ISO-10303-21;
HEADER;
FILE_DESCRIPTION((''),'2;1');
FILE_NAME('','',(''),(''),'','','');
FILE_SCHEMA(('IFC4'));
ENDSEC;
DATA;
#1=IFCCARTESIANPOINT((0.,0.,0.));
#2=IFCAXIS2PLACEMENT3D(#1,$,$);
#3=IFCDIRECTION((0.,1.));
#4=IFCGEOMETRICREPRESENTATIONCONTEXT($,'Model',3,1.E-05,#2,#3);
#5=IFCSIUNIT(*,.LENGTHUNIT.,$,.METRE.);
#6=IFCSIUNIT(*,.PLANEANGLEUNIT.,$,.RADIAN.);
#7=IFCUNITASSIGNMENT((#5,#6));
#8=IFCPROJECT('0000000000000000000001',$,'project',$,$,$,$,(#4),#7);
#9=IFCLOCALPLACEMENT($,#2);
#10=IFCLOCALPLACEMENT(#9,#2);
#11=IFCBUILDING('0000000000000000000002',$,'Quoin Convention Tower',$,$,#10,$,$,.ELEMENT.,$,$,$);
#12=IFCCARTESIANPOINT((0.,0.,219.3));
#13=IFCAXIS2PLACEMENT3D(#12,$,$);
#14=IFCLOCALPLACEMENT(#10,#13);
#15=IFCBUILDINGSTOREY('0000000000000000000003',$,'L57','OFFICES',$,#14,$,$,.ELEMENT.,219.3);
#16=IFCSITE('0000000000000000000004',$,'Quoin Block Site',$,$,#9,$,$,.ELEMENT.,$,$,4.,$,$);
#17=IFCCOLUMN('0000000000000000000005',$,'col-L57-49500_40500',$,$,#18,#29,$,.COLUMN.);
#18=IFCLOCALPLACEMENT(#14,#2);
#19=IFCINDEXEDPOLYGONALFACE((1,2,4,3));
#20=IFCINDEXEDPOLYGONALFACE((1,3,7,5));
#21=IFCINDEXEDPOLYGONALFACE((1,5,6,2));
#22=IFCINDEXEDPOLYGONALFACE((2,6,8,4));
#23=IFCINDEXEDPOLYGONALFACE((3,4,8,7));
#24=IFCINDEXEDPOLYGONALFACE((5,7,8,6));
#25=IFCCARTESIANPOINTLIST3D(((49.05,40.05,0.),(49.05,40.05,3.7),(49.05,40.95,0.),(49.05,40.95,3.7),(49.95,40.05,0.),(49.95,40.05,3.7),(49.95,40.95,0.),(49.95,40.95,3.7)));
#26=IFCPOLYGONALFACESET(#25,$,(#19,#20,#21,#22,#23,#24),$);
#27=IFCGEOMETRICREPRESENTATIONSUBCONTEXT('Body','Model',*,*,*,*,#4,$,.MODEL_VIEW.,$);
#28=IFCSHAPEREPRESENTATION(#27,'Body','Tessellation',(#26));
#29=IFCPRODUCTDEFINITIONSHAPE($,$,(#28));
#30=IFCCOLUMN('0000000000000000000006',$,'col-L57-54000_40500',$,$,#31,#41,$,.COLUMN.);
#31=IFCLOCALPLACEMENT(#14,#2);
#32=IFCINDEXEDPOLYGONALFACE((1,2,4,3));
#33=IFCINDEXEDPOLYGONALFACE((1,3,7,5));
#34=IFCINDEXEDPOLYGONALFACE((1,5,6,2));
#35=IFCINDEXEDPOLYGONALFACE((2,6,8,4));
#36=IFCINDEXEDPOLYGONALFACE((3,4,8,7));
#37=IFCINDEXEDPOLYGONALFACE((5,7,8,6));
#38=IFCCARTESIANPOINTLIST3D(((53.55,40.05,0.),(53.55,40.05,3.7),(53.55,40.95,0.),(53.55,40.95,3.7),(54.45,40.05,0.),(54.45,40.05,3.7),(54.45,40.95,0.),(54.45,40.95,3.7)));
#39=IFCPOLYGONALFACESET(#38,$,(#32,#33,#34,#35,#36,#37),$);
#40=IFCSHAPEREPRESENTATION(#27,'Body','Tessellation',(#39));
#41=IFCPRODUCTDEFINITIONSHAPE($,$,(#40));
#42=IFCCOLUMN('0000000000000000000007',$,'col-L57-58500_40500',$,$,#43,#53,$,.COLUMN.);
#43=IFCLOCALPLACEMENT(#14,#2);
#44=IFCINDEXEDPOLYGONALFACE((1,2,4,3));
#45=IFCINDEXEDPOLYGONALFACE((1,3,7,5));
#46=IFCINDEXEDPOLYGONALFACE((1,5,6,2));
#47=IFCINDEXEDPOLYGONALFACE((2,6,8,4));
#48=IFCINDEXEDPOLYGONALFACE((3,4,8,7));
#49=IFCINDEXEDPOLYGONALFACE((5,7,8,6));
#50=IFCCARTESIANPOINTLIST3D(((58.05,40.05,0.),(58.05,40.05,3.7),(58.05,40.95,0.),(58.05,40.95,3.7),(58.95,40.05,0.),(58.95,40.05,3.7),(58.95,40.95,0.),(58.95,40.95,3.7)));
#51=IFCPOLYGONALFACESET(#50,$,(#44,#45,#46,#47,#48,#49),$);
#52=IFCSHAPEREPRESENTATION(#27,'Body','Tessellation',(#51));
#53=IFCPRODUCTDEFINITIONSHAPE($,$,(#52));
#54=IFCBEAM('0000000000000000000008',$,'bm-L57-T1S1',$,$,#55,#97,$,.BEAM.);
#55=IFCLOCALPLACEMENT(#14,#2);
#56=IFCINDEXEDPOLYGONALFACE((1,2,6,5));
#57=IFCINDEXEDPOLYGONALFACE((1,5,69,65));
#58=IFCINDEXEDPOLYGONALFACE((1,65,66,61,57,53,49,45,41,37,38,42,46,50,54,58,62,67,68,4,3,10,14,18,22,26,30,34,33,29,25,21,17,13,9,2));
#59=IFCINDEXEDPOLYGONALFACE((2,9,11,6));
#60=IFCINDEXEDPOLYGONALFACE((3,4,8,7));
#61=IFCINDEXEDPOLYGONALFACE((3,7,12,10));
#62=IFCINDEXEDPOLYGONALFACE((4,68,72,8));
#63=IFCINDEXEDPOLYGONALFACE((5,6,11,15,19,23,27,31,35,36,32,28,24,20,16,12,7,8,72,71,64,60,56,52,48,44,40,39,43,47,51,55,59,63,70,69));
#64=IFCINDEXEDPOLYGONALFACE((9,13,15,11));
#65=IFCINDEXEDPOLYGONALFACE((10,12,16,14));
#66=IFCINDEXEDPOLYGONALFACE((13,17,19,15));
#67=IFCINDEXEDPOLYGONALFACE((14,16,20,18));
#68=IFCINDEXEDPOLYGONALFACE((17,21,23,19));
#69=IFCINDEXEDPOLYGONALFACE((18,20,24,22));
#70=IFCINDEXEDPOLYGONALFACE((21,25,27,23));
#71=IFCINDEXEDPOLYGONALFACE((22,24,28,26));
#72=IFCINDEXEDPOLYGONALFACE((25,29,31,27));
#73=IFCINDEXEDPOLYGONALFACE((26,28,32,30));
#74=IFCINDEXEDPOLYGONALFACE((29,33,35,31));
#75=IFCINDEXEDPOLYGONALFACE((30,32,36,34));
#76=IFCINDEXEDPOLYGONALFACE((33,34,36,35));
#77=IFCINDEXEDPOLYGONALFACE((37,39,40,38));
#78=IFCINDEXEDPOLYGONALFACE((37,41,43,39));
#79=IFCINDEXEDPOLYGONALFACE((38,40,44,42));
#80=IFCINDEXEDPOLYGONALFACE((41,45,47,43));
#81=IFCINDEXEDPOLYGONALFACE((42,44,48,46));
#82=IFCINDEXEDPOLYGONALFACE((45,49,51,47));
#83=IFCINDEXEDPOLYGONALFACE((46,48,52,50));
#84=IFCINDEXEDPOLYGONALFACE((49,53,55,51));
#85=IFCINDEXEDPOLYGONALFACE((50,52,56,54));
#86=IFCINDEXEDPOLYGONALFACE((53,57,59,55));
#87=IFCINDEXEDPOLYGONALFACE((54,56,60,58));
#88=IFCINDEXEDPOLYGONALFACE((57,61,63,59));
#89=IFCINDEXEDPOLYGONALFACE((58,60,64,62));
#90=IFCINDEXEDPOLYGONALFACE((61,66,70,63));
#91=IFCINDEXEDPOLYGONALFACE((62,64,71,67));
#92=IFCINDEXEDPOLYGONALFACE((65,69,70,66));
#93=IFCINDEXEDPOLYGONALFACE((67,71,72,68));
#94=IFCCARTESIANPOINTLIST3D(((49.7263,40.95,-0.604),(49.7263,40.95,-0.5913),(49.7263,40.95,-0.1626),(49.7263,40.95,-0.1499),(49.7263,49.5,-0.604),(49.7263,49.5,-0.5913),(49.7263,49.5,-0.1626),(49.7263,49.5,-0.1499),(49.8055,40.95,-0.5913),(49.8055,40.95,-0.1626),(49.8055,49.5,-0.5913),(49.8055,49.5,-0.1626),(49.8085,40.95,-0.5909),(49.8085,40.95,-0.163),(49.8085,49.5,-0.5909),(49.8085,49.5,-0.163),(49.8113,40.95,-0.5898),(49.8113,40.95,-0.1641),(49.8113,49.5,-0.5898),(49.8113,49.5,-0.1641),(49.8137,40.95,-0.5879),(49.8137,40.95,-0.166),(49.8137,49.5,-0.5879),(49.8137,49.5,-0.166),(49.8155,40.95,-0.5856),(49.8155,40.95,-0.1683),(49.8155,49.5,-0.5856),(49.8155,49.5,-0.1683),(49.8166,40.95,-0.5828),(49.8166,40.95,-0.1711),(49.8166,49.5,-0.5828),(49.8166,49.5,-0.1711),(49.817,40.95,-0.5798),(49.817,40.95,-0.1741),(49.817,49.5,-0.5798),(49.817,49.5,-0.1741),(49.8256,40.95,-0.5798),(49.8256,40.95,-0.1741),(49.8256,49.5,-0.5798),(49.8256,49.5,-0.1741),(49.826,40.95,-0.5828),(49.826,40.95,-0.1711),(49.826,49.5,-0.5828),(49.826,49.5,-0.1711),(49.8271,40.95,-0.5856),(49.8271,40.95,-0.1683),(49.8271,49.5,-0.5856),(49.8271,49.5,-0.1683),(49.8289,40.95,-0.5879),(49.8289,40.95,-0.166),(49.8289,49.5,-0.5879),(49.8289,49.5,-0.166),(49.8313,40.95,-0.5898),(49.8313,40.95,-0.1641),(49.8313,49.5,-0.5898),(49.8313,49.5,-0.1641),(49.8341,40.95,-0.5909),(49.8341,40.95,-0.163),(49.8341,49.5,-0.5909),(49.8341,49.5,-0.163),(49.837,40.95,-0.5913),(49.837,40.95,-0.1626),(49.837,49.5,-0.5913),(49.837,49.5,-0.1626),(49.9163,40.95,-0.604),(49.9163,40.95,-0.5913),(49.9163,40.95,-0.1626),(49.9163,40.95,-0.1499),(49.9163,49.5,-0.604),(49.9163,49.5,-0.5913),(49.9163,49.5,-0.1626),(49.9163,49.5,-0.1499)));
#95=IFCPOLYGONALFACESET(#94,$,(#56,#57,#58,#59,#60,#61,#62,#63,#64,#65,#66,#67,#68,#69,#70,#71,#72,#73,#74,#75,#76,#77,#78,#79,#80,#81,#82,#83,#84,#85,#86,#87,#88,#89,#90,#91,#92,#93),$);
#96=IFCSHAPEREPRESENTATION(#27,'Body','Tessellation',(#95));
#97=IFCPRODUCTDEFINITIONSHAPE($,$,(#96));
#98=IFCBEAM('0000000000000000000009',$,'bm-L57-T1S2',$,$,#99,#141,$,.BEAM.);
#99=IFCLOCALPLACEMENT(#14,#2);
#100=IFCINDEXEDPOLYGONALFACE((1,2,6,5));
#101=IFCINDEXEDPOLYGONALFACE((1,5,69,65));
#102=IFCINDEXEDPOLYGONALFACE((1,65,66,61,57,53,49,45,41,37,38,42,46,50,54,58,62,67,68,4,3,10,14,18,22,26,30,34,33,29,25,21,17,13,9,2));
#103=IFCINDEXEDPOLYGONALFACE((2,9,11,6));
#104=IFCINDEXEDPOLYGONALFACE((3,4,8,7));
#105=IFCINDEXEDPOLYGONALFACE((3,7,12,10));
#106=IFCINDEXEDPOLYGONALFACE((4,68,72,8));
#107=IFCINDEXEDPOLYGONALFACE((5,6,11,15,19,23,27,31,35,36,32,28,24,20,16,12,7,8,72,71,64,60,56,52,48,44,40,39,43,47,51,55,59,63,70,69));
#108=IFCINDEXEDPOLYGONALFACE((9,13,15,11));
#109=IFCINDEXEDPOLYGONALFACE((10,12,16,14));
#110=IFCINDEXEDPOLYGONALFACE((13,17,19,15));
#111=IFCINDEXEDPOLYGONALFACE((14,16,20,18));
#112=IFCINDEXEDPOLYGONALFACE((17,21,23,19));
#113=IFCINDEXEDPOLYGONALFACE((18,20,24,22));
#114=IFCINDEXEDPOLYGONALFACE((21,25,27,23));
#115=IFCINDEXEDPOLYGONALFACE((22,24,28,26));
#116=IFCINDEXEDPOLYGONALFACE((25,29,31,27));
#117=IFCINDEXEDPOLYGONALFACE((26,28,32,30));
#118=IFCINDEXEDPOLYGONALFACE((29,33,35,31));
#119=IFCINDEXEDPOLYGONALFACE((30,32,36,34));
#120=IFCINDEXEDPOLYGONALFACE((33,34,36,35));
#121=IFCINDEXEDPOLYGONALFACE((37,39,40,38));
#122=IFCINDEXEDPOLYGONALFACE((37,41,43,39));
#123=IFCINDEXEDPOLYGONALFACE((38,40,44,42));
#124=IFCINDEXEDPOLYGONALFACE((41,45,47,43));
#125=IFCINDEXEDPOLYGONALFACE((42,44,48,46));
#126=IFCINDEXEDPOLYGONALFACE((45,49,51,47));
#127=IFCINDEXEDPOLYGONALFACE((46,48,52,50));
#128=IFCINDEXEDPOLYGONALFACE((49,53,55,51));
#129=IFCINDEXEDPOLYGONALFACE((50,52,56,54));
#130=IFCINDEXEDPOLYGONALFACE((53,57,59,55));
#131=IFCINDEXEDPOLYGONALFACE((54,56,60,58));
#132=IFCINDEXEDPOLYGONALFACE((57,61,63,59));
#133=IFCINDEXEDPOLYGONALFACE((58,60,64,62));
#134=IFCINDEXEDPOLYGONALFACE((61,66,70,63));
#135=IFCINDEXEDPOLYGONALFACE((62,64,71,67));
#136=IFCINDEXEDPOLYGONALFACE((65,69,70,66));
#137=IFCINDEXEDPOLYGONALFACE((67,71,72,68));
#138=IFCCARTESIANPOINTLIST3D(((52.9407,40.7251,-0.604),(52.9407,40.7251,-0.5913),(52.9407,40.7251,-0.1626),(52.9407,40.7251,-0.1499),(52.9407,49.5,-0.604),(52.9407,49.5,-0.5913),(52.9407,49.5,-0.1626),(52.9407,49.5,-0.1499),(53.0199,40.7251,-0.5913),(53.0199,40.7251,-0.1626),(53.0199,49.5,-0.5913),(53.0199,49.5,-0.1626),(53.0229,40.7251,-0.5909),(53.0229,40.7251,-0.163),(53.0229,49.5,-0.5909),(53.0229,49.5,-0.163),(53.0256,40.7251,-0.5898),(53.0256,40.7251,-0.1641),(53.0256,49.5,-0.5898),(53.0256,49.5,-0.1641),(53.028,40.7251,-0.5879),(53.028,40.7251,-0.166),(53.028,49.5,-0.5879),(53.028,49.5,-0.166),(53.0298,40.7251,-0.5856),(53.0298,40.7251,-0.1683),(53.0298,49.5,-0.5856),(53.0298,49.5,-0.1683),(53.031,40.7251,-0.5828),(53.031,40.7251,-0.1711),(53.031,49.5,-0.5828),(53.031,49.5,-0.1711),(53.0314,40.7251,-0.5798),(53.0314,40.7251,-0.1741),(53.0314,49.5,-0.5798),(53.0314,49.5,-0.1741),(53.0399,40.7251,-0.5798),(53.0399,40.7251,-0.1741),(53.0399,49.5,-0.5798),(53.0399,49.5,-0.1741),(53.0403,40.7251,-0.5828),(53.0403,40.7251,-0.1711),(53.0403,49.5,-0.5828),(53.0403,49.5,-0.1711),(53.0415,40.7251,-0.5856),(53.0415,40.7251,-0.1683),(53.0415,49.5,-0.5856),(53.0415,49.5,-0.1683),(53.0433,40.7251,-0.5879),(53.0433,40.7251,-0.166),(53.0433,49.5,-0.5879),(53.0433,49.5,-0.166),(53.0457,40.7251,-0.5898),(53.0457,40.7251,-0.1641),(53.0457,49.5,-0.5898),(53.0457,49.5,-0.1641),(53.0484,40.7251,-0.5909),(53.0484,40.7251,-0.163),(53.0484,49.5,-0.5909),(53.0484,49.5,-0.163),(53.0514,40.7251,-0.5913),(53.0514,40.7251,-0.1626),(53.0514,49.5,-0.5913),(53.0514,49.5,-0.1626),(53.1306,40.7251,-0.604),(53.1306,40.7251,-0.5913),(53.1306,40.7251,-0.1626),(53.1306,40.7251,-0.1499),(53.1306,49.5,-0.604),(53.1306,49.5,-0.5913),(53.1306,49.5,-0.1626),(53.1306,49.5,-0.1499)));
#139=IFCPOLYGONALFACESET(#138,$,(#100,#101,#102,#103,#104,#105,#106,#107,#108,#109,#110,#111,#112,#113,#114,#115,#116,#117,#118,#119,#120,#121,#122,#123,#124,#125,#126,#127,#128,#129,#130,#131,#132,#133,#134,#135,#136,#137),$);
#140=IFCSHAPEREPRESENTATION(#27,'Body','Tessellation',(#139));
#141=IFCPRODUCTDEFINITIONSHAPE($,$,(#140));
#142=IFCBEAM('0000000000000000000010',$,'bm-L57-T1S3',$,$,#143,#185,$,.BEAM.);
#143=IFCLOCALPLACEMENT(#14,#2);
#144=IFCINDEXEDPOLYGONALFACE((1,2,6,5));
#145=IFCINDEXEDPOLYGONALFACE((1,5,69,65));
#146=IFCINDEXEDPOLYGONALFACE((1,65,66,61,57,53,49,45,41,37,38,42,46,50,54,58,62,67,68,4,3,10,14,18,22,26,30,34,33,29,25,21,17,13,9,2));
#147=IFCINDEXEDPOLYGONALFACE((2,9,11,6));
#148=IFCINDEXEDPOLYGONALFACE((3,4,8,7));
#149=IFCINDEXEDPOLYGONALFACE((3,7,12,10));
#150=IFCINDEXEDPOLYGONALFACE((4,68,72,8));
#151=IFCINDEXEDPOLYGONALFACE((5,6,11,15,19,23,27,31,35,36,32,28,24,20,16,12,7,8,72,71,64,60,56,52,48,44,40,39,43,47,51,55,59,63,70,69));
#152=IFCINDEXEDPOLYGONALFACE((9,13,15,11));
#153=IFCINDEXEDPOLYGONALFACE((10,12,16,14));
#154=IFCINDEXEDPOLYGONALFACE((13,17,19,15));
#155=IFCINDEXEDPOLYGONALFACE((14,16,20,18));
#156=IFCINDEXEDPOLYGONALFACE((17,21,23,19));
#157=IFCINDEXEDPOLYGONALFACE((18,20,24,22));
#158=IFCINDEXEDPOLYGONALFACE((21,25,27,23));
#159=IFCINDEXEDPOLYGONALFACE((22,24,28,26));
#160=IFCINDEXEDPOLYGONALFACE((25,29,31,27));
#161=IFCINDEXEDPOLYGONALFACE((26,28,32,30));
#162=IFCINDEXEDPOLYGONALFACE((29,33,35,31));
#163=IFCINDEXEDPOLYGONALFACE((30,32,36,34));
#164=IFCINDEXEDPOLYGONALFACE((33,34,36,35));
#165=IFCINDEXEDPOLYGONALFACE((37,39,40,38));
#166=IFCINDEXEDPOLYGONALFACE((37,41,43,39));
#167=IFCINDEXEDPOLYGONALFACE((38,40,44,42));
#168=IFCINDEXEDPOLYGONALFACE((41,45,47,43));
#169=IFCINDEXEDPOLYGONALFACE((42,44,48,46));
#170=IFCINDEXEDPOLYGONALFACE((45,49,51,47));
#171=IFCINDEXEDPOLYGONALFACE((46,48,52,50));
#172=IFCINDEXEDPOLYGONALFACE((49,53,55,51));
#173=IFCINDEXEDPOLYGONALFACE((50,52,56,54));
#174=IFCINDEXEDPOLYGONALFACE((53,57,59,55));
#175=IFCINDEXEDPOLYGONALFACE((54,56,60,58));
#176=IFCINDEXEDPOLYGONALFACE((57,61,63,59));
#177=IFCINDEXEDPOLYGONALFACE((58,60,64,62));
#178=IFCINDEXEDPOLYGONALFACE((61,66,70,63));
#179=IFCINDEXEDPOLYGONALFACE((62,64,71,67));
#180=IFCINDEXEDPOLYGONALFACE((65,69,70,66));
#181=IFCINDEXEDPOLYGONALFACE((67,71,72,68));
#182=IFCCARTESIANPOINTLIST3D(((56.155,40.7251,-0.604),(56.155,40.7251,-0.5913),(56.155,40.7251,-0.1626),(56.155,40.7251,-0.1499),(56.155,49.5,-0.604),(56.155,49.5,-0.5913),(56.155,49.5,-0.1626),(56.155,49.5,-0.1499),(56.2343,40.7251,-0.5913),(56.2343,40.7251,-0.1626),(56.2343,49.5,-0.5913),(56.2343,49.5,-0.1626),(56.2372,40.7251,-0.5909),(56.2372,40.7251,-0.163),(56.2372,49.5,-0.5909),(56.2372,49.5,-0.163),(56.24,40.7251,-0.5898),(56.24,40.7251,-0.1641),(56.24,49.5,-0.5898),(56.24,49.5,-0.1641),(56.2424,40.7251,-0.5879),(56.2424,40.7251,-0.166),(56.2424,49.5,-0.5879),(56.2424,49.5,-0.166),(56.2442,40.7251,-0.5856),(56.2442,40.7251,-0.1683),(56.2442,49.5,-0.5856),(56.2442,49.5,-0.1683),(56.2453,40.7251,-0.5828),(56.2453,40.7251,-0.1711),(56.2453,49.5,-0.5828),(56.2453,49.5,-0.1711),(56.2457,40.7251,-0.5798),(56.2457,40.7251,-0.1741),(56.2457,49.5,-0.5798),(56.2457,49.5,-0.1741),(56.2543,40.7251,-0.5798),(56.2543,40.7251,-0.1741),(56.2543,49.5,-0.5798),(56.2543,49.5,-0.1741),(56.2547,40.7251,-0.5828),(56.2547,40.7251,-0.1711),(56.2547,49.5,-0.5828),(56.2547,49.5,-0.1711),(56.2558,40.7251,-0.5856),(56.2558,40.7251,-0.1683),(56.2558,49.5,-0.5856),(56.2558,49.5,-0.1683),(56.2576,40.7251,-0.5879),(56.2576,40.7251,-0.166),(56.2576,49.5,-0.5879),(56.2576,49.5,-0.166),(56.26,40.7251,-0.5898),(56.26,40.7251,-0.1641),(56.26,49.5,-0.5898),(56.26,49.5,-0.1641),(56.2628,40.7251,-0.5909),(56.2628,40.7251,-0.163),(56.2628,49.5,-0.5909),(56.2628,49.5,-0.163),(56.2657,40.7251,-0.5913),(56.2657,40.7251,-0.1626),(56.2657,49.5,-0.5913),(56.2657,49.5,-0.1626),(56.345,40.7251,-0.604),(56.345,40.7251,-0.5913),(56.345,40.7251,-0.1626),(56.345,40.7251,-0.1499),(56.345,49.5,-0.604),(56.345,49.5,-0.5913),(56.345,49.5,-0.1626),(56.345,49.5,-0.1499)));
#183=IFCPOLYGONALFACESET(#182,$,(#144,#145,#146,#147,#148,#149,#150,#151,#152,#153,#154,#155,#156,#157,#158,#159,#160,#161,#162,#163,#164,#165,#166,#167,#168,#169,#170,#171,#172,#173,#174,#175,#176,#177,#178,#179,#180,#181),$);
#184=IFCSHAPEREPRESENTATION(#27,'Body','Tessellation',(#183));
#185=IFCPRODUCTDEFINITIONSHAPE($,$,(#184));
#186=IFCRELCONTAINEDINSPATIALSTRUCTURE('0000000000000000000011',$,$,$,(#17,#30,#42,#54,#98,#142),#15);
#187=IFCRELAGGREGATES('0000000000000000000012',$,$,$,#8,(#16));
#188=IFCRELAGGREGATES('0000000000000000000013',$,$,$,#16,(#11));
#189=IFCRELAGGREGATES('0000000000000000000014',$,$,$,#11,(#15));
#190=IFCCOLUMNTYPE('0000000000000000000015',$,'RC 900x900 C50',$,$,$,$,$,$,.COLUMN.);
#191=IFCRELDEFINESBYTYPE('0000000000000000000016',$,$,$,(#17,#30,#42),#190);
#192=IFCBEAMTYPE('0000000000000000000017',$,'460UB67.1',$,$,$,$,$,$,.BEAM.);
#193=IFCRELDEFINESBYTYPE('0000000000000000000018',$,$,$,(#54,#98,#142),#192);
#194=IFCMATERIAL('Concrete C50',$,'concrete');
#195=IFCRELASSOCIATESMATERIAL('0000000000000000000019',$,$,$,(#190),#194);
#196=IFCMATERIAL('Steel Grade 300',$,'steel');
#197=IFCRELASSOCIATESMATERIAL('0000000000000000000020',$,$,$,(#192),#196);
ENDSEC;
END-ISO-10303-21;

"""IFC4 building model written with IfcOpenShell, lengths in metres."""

from ifc_helpers import new_model, si_unit, direction, frame, origin, origin_2d, place, context, subcontext, project, spatial, rectangle, i_section, extrude, material, material_profile, profile_set, type_object, element, save


model = new_model("IFC4")

# Units and contexts
model_context = context("Model", 3, precision=1e-05, world=origin(), true_north=direction((0.0, 1.0)))
body_context = subcontext(model_context, "Body", "Model", "MODEL_VIEW")
ifc_project = project(units=[si_unit("LENGTHUNIT", "METRE"), si_unit("PLANEANGLEUNIT", "RADIAN")], contexts=[model_context])

# Site, building, storey
site_placement = place(None, origin())
site = spatial("IfcSite", under=ifc_project, at=site_placement, Name="Quoin Block Site", CompositionType="ELEMENT", RefElevation=4.0)
building_placement = place(site_placement, origin())
building = spatial("IfcBuilding", under=site, at=building_placement, Name="Quoin Convention Tower", CompositionType="ELEMENT")
storey_placement = place(building_placement, frame((0.0, 0.0, 219.3)))
storey = spatial("IfcBuildingStorey", under=building, at=storey_placement, Name="L57", Description="OFFICES", CompositionType="ELEMENT", Elevation=219.3)

# Columns
ifc_material_1 = material(Name="Concrete C50", Category="concrete")
ifc_material_profile_1 = material_profile(ifc_material_1, rectangle(XDim=0.8999, YDim=0.8999, at=origin_2d()), Name="RC 900x900")
ifc_profile_set_1 = profile_set([ifc_material_profile_1], Name="Concrete C50")
column_type = type_object("IfcColumnType", Name="RC 900x900 C50", PredefinedType="COLUMN", material=ifc_profile_set_1)
for number, where, z_axis, x_axis, name in (
    (1, (49.5, 40.5, 0.0), (0.0, 0.0, 1.0), (1.0, 0.0, 0.0), "col-L57-49500_40500"),
    (2, (54.0, 40.5, 0.0), (0.0, 0.0, 1.0), (1.0, 0.0, 0.0), "col-L57-54000_40500"),
    (3, (58.5, 40.5, 0.0), (0.0, 0.0, 1.0), (1.0, 0.0, 0.0), "col-L57-58500_40500"),
):
    element("IfcColumn", number, at=place(storey_placement, frame(where, z_axis=z_axis, x_axis=x_axis)), inside=storey, type_object=column_type, Name=name, PredefinedType="COLUMN", context=body_context, shape_type="SweptSolid", body=[
        extrude(rectangle(XDim=0.8999, YDim=0.8999, at=origin_2d()), origin(), (0.0, 0.0, 1.0), 3.7),
    ])

# Beams
ifc_material_2 = material(Name="Steel Grade 300", Category="steel")
ifc_material_profile_2 = material_profile(ifc_material_2, i_section(OverallWidth=0.1899, OverallDepth=0.4541, WebThickness=0.0085, FlangeThickness=0.0127, FilletRadius=0.0115, at=origin_2d()), Name="460UB67.1")
ifc_profile_set_2 = profile_set([ifc_material_profile_2], Name="Steel Grade 300")
beam_type_1 = type_object("IfcBeamType", Name="460UB67.1", PredefinedType="BEAM", material=ifc_profile_set_2)
beam_placement = place(storey_placement, frame((49.8213, 40.95, -0.377), z_axis=(0.0, 1.0, 0.0), x_axis=(-1.0, 0.0, 0.0)))
element("IfcBeam", 4, at=beam_placement, inside=storey, type_object=beam_type_1, Name="bm-L57-T1S1", PredefinedType="BEAM", context=body_context, shape_type="SweptSolid", body=[
    extrude(i_section(OverallWidth=0.1899, OverallDepth=0.4541, WebThickness=0.0085, FlangeThickness=0.0127, FilletRadius=0.0115, at=origin_2d()), origin(), (0.0, 0.0, 1.0), 8.55),
])
for number, where, z_axis, x_axis, name in (
    (5, (53.0356, 40.7251, -0.377), (0.0, 1.0, 0.0), (-1.0, 0.0, 0.0), "bm-L57-T1S2"),
    (6, (56.25, 40.7251, -0.377), (0.0, 1.0, 0.0), (-1.0, 0.0, 0.0), "bm-L57-T1S3"),
):
    element("IfcBeam", number, at=place(storey_placement, frame(where, z_axis=z_axis, x_axis=x_axis)), inside=storey, type_object=beam_type_1, Name=name, PredefinedType="BEAM", context=body_context, shape_type="SweptSolid", body=[
        extrude(i_section(OverallWidth=0.1899, OverallDepth=0.4541, WebThickness=0.0085, FlangeThickness=0.0127, FilletRadius=0.0115, at=origin_2d()), origin(), (0.0, 0.0, 1.0), 8.7749),
    ])

save(model, "model.ifc")
